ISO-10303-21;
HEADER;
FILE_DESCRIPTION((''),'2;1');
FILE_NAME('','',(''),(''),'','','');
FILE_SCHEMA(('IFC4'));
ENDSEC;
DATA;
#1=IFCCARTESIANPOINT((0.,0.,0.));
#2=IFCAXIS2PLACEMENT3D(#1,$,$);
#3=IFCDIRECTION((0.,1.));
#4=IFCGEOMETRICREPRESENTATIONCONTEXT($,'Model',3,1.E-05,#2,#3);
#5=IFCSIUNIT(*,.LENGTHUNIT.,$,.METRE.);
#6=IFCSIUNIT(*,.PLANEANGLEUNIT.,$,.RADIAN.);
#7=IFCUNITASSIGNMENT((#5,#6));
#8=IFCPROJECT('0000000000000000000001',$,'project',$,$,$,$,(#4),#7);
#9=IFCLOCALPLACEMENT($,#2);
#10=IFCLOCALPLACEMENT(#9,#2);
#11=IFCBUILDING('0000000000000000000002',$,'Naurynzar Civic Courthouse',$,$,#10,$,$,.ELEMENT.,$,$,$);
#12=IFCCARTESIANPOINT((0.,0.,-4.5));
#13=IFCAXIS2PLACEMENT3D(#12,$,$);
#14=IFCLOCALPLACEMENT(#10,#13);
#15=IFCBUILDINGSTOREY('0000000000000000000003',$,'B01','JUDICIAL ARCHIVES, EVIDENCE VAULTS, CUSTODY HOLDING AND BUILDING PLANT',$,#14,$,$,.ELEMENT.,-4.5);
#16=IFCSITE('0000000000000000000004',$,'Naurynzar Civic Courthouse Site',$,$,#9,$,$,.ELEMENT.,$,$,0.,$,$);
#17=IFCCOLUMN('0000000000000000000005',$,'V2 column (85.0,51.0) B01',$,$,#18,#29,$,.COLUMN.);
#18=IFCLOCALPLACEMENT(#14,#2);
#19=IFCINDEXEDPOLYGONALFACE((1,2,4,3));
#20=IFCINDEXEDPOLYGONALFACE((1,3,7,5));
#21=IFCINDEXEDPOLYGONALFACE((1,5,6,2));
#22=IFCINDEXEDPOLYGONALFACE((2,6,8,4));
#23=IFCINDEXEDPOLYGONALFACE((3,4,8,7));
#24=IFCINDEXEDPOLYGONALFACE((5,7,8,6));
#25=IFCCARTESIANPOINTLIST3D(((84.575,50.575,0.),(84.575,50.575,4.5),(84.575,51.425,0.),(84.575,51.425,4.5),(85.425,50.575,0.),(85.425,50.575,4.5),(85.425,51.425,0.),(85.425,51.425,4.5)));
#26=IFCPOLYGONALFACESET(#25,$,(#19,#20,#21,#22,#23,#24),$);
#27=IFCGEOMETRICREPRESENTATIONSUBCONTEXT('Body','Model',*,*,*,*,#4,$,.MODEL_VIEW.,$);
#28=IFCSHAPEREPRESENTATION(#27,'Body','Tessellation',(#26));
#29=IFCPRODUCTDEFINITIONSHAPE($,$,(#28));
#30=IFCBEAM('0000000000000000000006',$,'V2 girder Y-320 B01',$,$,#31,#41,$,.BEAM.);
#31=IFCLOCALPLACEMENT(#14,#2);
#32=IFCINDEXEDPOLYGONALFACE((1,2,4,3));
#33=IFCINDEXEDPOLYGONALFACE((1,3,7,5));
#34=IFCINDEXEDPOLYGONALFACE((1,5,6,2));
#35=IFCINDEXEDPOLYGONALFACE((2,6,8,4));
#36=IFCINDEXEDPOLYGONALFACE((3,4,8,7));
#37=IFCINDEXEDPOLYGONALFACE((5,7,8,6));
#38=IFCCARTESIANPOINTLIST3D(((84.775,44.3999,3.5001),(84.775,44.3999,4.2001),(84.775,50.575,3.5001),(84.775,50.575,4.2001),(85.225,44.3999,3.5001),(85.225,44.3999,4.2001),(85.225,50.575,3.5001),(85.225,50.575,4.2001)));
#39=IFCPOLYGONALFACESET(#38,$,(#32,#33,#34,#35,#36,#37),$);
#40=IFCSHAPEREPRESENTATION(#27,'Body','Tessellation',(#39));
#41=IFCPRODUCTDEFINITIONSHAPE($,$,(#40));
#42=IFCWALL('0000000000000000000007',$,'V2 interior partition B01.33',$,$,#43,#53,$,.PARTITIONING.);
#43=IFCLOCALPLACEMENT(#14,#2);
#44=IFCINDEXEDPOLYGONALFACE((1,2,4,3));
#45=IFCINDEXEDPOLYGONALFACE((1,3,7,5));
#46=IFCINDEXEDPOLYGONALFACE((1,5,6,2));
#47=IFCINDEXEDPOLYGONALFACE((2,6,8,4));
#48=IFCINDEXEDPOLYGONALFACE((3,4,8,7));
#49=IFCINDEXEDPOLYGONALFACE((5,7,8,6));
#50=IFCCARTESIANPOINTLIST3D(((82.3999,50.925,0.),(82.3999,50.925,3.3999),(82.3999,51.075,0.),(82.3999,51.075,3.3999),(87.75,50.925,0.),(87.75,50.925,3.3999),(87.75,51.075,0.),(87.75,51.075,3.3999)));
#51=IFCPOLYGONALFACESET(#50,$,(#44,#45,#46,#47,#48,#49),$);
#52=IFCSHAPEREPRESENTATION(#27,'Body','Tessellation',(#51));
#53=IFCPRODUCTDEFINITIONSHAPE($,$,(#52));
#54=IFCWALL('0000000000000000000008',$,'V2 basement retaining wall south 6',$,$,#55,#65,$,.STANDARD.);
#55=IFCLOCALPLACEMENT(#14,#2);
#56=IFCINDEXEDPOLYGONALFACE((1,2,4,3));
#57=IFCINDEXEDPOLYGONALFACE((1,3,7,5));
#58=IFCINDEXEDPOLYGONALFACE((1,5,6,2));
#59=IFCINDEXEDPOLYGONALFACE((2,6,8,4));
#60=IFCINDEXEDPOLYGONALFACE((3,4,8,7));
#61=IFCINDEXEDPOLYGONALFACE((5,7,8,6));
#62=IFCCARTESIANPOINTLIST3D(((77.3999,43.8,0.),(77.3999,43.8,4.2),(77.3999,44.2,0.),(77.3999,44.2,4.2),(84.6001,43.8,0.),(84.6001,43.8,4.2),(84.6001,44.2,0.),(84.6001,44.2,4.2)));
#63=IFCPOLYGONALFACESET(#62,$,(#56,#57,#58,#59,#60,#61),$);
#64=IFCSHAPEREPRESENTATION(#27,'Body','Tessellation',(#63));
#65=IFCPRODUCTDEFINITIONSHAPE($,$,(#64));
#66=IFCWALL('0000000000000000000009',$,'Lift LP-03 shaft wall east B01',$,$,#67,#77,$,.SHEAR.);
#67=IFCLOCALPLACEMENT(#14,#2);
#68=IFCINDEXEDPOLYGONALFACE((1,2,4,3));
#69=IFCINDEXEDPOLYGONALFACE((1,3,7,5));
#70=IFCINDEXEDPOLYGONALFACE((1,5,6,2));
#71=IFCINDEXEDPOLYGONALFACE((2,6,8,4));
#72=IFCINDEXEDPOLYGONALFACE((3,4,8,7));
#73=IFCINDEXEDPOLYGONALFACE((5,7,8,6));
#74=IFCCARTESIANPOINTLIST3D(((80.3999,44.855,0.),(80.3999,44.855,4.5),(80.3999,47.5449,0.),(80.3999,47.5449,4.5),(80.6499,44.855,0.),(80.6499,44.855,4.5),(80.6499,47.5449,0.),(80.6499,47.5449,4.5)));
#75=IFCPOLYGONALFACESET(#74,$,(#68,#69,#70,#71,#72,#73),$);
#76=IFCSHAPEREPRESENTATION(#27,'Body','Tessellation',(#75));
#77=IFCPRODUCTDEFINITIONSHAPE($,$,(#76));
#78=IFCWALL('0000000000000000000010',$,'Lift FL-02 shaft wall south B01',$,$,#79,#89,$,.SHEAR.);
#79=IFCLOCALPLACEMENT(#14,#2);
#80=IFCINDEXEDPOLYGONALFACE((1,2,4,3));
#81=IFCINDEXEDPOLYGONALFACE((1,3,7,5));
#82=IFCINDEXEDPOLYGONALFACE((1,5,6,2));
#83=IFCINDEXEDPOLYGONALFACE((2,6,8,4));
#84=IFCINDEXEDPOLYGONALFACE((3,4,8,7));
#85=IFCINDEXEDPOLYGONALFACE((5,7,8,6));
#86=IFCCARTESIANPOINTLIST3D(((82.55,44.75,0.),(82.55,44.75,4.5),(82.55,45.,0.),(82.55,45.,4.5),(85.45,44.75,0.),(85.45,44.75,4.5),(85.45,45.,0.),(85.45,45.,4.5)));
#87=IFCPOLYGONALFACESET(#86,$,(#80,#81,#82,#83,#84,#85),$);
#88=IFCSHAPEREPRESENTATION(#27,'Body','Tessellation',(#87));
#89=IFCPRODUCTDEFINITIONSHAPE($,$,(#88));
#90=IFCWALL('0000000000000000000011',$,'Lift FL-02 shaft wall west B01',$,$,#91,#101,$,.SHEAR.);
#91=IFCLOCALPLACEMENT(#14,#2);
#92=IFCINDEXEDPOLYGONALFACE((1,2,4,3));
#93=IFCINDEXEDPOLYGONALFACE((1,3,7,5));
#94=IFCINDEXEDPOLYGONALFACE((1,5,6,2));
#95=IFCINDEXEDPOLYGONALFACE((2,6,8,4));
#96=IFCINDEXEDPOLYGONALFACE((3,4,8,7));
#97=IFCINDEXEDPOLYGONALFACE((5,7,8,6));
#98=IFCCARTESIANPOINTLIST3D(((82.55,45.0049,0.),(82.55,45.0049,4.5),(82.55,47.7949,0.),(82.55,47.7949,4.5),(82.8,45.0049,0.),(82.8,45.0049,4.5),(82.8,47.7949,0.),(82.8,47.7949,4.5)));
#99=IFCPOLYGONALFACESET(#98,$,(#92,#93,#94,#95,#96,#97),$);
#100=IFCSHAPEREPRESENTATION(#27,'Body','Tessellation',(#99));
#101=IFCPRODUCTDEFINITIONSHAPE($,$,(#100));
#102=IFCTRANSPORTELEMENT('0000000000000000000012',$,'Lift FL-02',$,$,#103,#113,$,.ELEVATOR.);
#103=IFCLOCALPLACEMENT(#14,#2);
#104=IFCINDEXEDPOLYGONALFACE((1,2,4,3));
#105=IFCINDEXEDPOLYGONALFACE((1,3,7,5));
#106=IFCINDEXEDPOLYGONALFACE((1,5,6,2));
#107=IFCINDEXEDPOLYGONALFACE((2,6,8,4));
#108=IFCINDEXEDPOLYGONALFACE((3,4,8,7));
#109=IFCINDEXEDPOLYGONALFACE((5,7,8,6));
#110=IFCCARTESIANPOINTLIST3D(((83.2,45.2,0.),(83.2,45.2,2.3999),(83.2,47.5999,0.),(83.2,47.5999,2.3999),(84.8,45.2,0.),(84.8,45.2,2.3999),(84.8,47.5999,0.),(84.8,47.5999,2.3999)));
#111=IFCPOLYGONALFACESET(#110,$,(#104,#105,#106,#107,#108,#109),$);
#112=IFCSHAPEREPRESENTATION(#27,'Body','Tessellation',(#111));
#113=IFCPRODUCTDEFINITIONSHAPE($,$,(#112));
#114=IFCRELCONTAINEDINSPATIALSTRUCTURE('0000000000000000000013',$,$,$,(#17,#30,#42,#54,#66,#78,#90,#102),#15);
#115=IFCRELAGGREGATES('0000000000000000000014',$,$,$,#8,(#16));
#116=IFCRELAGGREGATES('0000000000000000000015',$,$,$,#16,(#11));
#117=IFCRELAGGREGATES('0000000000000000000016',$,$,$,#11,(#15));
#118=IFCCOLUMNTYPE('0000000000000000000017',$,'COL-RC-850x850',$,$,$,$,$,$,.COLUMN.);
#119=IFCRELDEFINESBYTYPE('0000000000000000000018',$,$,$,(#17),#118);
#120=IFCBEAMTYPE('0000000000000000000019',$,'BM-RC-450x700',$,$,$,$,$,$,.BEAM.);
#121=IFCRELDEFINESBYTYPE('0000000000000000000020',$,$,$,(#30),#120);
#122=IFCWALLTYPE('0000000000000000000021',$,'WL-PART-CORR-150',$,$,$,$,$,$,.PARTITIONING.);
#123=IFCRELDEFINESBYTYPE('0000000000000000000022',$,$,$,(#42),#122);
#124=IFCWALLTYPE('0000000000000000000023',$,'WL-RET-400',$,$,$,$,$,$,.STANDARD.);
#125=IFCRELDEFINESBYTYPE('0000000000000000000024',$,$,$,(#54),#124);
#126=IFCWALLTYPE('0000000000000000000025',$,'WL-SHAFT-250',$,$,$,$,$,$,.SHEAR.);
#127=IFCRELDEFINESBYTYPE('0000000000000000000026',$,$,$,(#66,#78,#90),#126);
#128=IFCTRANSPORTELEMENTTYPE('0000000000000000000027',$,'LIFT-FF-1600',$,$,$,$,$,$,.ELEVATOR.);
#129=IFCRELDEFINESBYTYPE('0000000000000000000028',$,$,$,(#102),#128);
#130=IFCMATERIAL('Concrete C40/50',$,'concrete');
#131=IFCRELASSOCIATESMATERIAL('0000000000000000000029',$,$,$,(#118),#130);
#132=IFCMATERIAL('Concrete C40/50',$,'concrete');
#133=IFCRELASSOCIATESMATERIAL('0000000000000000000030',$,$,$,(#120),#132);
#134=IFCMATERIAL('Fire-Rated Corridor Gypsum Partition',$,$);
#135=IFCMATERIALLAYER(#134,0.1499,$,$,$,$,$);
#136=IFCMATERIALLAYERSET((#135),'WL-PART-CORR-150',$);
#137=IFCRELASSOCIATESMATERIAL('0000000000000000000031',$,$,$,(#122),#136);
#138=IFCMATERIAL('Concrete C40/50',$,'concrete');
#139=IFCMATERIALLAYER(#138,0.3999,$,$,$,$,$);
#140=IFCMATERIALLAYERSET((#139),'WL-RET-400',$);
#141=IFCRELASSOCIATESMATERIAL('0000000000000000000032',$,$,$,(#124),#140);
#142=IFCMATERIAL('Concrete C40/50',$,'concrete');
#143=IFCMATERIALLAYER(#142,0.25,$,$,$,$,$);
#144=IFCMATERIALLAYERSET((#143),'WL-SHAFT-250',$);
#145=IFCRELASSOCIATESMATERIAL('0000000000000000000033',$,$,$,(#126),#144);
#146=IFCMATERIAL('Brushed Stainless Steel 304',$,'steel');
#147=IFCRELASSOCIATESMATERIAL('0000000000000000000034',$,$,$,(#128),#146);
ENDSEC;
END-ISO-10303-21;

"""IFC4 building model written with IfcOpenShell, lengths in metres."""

from ifc_helpers import new_model, si_unit, direction, frame, frame_2d, origin, origin_2d, place, context, subcontext, project, spatial, rectangle, extrude, material, layer, layer_set, material_profile, profile_set, type_object, element, save


model = new_model("IFC4")

# Units and contexts
model_context = context("Model", 3, precision=1e-05, world=origin(), true_north=direction((0.0, 1.0)))
body_context = subcontext(model_context, "Body", "Model", "MODEL_VIEW")
ifc_project = project(units=[si_unit("LENGTHUNIT", "METRE"), si_unit("PLANEANGLEUNIT", "RADIAN")], contexts=[model_context])

# Site, building, storey
site_placement = place(None, origin())
site = spatial("IfcSite", under=ifc_project, at=site_placement, Name="Naurynzar Civic Courthouse Site", CompositionType="ELEMENT", RefElevation=0.0)
building_placement = place(site_placement, origin())
building = spatial("IfcBuilding", under=site, at=building_placement, Name="Naurynzar Civic Courthouse", CompositionType="ELEMENT")
storey_placement = place(building_placement, frame((0.0, 0.0, -4.5)))
storey = spatial("IfcBuildingStorey", under=building, at=storey_placement, Name="B01", Description="JUDICIAL ARCHIVES, EVIDENCE VAULTS, CUSTODY HOLDING AND BUILDING PLANT", CompositionType="ELEMENT", Elevation=-4.5)

# Column
ifc_material_1 = material(Name="Concrete C40/50", Category="concrete")
ifc_material_profile_1 = material_profile(ifc_material_1, rectangle(XDim=0.8501, YDim=0.8501, at=origin_2d()), Name="RC 850x850")
ifc_profile_set_1 = profile_set([ifc_material_profile_1], Name="Concrete C40/50")
column_type_1 = type_object("IfcColumnType", Name="COL-RC-850x850", PredefinedType="COLUMN", material=ifc_profile_set_1)
column_1_placement = place(storey_placement, frame((85.0, 51.0, 0.0), z_axis=(0.0, 0.0, 1.0), x_axis=(1.0, 0.0, 0.0)))
element("IfcColumn", 1, at=column_1_placement, inside=storey, type_object=column_type_1, Name="V2 column (85.0,51.0) B01", PredefinedType="COLUMN", context=body_context, shape_type="SweptSolid", body=[
    extrude(rectangle(XDim=0.8501, YDim=0.8501, at=origin_2d()), origin(), (0.0, 0.0, 1.0), 4.5),
])

# Beam
ifc_material_2 = material(Name="Concrete C40/50", Category="concrete")
ifc_material_profile_2 = material_profile(ifc_material_2, rectangle(XDim=0.45, YDim=0.7, at=origin_2d()), Name="RCB 450x700")
ifc_profile_set_2 = profile_set([ifc_material_profile_2], Name="Concrete C40/50")
beam_type = type_object("IfcBeamType", Name="BM-RC-450x700", PredefinedType="BEAM", material=ifc_profile_set_2)
beam_placement = place(storey_placement, frame((85.0, 44.3999, 3.8501), z_axis=(0.0, 1.0, 0.0), x_axis=(-1.0, 0.0, 0.0)))
element("IfcBeam", 2, at=beam_placement, inside=storey, type_object=beam_type, Name="V2 girder Y-320 B01", PredefinedType="BEAM", context=body_context, shape_type="SweptSolid", body=[
    extrude(rectangle(XDim=0.45, YDim=0.7, at=origin_2d()), origin(), (0.0, 0.0, 1.0), 6.175),
])

# Walls
ifc_material_3 = material(Name="Fire-Rated Corridor Gypsum Partition")
ifc_layer_1 = layer(ifc_material_3, 0.1499)
ifc_layer_set_1 = layer_set([ifc_layer_1], Name="WL-PART-CORR-150")
wall_type_1 = type_object("IfcWallType", Name="WL-PART-CORR-150", PredefinedType="PARTITIONING", material=ifc_layer_set_1)
wall_1_placement = place(storey_placement, frame((82.3999, 51.0, 0.0), z_axis=(0.0, 0.0, 1.0), x_axis=(1.0, 0.0, 0.0)))
element("IfcWall", 3, at=wall_1_placement, inside=storey, type_object=wall_type_1, Name="V2 interior partition B01.33", PredefinedType="PARTITIONING", context=body_context, shape_type="SweptSolid", body=[
    extrude(rectangle(XDim=5.3501, YDim=0.1499, at=frame_2d((2.675, 0.0))), origin(), (0.0, 0.0, 1.0), 3.3999),
])
ifc_material_4 = material(Name="Concrete C40/50", Category="concrete")
ifc_layer_2 = layer(ifc_material_4, 0.3999)
ifc_layer_set_2 = layer_set([ifc_layer_2], Name="WL-RET-400")
wall_type_2 = type_object("IfcWallType", Name="WL-RET-400", PredefinedType="STANDARD", material=ifc_layer_set_2)
wall_2_placement = place(storey_placement, frame((84.6001, 44.0, 0.0), z_axis=(0.0, 0.0, 1.0), x_axis=(-1.0, 0.0, 0.0)))
element("IfcWall", 4, at=wall_2_placement, inside=storey, type_object=wall_type_2, Name="V2 basement retaining wall south 6", PredefinedType="STANDARD", context=body_context, shape_type="SweptSolid", body=[
    extrude(rectangle(XDim=7.2002, YDim=0.3999, at=frame_2d((3.6001, 0.0))), origin(), (0.0, 0.0, 1.0), 4.2),
])

# Shared definitions
ifc_material_5 = material(Name="Concrete C40/50", Category="concrete")
ifc_layer_3 = layer(ifc_material_5, 0.25)
ifc_layer_set_3 = layer_set([ifc_layer_3], Name="WL-SHAFT-250")
wall_type_3 = type_object("IfcWallType", Name="WL-SHAFT-250", PredefinedType="SHEAR", material=ifc_layer_set_3)

# Walls
wall_3_placement = place(storey_placement, frame((80.5249, 44.855, 0.0), z_axis=(0.0, 0.0, 1.0), x_axis=(0.0, 1.0, 0.0)))
element("IfcWall", 5, at=wall_3_placement, inside=storey, type_object=wall_type_3, Name="Lift LP-03 shaft wall east B01", PredefinedType="SHEAR", context=body_context, shape_type="SweptSolid", body=[
    extrude(rectangle(XDim=2.6899, YDim=0.25, at=frame_2d((1.345, 0.0))), origin(), (0.0, 0.0, 1.0), 4.5),
])
wall_4_placement = place(storey_placement, frame((82.55, 44.875, 0.0), z_axis=(0.0, 0.0, 1.0), x_axis=(1.0, 0.0, 0.0)))
element("IfcWall", 6, at=wall_4_placement, inside=storey, type_object=wall_type_3, Name="Lift FL-02 shaft wall south B01", PredefinedType="SHEAR", context=body_context, shape_type="SweptSolid", body=[
    extrude(rectangle(XDim=2.8999, YDim=0.25, at=frame_2d((1.45, 0.0))), origin(), (0.0, 0.0, 1.0), 4.5),
])
wall_5_placement = place(storey_placement, frame((82.675, 47.7949, 0.0), z_axis=(0.0, 0.0, 1.0), x_axis=(0.0, -1.0, 0.0)))
element("IfcWall", 7, at=wall_5_placement, inside=storey, type_object=wall_type_3, Name="Lift FL-02 shaft wall west B01", PredefinedType="SHEAR", context=body_context, shape_type="SweptSolid", body=[
    extrude(rectangle(XDim=2.79, YDim=0.25, at=frame_2d((1.395, 0.0))), origin(), (0.0, 0.0, 1.0), 4.5),
])

# Transport element
ifc_material_6 = material(Name="Brushed Stainless Steel 304", Category="steel")
transport_element_type = type_object("IfcTransportElementType", Name="LIFT-FF-1600", PredefinedType="ELEVATOR", material=ifc_material_6)
transport_element_placement = place(storey_placement, frame((84.0, 46.3999, 0.0), z_axis=(0.0, 0.0, 1.0), x_axis=(1.0, 0.0, 0.0)))
element("IfcTransportElement", 8, at=transport_element_placement, inside=storey, type_object=transport_element_type, Name="Lift FL-02", PredefinedType="ELEVATOR", context=body_context, shape_type="SweptSolid", body=[
    extrude(rectangle(XDim=1.6001, YDim=2.3999, at=origin_2d()), origin(), (0.0, 0.0, 1.0), 2.3999),
])

save(model, "model.ifc")
